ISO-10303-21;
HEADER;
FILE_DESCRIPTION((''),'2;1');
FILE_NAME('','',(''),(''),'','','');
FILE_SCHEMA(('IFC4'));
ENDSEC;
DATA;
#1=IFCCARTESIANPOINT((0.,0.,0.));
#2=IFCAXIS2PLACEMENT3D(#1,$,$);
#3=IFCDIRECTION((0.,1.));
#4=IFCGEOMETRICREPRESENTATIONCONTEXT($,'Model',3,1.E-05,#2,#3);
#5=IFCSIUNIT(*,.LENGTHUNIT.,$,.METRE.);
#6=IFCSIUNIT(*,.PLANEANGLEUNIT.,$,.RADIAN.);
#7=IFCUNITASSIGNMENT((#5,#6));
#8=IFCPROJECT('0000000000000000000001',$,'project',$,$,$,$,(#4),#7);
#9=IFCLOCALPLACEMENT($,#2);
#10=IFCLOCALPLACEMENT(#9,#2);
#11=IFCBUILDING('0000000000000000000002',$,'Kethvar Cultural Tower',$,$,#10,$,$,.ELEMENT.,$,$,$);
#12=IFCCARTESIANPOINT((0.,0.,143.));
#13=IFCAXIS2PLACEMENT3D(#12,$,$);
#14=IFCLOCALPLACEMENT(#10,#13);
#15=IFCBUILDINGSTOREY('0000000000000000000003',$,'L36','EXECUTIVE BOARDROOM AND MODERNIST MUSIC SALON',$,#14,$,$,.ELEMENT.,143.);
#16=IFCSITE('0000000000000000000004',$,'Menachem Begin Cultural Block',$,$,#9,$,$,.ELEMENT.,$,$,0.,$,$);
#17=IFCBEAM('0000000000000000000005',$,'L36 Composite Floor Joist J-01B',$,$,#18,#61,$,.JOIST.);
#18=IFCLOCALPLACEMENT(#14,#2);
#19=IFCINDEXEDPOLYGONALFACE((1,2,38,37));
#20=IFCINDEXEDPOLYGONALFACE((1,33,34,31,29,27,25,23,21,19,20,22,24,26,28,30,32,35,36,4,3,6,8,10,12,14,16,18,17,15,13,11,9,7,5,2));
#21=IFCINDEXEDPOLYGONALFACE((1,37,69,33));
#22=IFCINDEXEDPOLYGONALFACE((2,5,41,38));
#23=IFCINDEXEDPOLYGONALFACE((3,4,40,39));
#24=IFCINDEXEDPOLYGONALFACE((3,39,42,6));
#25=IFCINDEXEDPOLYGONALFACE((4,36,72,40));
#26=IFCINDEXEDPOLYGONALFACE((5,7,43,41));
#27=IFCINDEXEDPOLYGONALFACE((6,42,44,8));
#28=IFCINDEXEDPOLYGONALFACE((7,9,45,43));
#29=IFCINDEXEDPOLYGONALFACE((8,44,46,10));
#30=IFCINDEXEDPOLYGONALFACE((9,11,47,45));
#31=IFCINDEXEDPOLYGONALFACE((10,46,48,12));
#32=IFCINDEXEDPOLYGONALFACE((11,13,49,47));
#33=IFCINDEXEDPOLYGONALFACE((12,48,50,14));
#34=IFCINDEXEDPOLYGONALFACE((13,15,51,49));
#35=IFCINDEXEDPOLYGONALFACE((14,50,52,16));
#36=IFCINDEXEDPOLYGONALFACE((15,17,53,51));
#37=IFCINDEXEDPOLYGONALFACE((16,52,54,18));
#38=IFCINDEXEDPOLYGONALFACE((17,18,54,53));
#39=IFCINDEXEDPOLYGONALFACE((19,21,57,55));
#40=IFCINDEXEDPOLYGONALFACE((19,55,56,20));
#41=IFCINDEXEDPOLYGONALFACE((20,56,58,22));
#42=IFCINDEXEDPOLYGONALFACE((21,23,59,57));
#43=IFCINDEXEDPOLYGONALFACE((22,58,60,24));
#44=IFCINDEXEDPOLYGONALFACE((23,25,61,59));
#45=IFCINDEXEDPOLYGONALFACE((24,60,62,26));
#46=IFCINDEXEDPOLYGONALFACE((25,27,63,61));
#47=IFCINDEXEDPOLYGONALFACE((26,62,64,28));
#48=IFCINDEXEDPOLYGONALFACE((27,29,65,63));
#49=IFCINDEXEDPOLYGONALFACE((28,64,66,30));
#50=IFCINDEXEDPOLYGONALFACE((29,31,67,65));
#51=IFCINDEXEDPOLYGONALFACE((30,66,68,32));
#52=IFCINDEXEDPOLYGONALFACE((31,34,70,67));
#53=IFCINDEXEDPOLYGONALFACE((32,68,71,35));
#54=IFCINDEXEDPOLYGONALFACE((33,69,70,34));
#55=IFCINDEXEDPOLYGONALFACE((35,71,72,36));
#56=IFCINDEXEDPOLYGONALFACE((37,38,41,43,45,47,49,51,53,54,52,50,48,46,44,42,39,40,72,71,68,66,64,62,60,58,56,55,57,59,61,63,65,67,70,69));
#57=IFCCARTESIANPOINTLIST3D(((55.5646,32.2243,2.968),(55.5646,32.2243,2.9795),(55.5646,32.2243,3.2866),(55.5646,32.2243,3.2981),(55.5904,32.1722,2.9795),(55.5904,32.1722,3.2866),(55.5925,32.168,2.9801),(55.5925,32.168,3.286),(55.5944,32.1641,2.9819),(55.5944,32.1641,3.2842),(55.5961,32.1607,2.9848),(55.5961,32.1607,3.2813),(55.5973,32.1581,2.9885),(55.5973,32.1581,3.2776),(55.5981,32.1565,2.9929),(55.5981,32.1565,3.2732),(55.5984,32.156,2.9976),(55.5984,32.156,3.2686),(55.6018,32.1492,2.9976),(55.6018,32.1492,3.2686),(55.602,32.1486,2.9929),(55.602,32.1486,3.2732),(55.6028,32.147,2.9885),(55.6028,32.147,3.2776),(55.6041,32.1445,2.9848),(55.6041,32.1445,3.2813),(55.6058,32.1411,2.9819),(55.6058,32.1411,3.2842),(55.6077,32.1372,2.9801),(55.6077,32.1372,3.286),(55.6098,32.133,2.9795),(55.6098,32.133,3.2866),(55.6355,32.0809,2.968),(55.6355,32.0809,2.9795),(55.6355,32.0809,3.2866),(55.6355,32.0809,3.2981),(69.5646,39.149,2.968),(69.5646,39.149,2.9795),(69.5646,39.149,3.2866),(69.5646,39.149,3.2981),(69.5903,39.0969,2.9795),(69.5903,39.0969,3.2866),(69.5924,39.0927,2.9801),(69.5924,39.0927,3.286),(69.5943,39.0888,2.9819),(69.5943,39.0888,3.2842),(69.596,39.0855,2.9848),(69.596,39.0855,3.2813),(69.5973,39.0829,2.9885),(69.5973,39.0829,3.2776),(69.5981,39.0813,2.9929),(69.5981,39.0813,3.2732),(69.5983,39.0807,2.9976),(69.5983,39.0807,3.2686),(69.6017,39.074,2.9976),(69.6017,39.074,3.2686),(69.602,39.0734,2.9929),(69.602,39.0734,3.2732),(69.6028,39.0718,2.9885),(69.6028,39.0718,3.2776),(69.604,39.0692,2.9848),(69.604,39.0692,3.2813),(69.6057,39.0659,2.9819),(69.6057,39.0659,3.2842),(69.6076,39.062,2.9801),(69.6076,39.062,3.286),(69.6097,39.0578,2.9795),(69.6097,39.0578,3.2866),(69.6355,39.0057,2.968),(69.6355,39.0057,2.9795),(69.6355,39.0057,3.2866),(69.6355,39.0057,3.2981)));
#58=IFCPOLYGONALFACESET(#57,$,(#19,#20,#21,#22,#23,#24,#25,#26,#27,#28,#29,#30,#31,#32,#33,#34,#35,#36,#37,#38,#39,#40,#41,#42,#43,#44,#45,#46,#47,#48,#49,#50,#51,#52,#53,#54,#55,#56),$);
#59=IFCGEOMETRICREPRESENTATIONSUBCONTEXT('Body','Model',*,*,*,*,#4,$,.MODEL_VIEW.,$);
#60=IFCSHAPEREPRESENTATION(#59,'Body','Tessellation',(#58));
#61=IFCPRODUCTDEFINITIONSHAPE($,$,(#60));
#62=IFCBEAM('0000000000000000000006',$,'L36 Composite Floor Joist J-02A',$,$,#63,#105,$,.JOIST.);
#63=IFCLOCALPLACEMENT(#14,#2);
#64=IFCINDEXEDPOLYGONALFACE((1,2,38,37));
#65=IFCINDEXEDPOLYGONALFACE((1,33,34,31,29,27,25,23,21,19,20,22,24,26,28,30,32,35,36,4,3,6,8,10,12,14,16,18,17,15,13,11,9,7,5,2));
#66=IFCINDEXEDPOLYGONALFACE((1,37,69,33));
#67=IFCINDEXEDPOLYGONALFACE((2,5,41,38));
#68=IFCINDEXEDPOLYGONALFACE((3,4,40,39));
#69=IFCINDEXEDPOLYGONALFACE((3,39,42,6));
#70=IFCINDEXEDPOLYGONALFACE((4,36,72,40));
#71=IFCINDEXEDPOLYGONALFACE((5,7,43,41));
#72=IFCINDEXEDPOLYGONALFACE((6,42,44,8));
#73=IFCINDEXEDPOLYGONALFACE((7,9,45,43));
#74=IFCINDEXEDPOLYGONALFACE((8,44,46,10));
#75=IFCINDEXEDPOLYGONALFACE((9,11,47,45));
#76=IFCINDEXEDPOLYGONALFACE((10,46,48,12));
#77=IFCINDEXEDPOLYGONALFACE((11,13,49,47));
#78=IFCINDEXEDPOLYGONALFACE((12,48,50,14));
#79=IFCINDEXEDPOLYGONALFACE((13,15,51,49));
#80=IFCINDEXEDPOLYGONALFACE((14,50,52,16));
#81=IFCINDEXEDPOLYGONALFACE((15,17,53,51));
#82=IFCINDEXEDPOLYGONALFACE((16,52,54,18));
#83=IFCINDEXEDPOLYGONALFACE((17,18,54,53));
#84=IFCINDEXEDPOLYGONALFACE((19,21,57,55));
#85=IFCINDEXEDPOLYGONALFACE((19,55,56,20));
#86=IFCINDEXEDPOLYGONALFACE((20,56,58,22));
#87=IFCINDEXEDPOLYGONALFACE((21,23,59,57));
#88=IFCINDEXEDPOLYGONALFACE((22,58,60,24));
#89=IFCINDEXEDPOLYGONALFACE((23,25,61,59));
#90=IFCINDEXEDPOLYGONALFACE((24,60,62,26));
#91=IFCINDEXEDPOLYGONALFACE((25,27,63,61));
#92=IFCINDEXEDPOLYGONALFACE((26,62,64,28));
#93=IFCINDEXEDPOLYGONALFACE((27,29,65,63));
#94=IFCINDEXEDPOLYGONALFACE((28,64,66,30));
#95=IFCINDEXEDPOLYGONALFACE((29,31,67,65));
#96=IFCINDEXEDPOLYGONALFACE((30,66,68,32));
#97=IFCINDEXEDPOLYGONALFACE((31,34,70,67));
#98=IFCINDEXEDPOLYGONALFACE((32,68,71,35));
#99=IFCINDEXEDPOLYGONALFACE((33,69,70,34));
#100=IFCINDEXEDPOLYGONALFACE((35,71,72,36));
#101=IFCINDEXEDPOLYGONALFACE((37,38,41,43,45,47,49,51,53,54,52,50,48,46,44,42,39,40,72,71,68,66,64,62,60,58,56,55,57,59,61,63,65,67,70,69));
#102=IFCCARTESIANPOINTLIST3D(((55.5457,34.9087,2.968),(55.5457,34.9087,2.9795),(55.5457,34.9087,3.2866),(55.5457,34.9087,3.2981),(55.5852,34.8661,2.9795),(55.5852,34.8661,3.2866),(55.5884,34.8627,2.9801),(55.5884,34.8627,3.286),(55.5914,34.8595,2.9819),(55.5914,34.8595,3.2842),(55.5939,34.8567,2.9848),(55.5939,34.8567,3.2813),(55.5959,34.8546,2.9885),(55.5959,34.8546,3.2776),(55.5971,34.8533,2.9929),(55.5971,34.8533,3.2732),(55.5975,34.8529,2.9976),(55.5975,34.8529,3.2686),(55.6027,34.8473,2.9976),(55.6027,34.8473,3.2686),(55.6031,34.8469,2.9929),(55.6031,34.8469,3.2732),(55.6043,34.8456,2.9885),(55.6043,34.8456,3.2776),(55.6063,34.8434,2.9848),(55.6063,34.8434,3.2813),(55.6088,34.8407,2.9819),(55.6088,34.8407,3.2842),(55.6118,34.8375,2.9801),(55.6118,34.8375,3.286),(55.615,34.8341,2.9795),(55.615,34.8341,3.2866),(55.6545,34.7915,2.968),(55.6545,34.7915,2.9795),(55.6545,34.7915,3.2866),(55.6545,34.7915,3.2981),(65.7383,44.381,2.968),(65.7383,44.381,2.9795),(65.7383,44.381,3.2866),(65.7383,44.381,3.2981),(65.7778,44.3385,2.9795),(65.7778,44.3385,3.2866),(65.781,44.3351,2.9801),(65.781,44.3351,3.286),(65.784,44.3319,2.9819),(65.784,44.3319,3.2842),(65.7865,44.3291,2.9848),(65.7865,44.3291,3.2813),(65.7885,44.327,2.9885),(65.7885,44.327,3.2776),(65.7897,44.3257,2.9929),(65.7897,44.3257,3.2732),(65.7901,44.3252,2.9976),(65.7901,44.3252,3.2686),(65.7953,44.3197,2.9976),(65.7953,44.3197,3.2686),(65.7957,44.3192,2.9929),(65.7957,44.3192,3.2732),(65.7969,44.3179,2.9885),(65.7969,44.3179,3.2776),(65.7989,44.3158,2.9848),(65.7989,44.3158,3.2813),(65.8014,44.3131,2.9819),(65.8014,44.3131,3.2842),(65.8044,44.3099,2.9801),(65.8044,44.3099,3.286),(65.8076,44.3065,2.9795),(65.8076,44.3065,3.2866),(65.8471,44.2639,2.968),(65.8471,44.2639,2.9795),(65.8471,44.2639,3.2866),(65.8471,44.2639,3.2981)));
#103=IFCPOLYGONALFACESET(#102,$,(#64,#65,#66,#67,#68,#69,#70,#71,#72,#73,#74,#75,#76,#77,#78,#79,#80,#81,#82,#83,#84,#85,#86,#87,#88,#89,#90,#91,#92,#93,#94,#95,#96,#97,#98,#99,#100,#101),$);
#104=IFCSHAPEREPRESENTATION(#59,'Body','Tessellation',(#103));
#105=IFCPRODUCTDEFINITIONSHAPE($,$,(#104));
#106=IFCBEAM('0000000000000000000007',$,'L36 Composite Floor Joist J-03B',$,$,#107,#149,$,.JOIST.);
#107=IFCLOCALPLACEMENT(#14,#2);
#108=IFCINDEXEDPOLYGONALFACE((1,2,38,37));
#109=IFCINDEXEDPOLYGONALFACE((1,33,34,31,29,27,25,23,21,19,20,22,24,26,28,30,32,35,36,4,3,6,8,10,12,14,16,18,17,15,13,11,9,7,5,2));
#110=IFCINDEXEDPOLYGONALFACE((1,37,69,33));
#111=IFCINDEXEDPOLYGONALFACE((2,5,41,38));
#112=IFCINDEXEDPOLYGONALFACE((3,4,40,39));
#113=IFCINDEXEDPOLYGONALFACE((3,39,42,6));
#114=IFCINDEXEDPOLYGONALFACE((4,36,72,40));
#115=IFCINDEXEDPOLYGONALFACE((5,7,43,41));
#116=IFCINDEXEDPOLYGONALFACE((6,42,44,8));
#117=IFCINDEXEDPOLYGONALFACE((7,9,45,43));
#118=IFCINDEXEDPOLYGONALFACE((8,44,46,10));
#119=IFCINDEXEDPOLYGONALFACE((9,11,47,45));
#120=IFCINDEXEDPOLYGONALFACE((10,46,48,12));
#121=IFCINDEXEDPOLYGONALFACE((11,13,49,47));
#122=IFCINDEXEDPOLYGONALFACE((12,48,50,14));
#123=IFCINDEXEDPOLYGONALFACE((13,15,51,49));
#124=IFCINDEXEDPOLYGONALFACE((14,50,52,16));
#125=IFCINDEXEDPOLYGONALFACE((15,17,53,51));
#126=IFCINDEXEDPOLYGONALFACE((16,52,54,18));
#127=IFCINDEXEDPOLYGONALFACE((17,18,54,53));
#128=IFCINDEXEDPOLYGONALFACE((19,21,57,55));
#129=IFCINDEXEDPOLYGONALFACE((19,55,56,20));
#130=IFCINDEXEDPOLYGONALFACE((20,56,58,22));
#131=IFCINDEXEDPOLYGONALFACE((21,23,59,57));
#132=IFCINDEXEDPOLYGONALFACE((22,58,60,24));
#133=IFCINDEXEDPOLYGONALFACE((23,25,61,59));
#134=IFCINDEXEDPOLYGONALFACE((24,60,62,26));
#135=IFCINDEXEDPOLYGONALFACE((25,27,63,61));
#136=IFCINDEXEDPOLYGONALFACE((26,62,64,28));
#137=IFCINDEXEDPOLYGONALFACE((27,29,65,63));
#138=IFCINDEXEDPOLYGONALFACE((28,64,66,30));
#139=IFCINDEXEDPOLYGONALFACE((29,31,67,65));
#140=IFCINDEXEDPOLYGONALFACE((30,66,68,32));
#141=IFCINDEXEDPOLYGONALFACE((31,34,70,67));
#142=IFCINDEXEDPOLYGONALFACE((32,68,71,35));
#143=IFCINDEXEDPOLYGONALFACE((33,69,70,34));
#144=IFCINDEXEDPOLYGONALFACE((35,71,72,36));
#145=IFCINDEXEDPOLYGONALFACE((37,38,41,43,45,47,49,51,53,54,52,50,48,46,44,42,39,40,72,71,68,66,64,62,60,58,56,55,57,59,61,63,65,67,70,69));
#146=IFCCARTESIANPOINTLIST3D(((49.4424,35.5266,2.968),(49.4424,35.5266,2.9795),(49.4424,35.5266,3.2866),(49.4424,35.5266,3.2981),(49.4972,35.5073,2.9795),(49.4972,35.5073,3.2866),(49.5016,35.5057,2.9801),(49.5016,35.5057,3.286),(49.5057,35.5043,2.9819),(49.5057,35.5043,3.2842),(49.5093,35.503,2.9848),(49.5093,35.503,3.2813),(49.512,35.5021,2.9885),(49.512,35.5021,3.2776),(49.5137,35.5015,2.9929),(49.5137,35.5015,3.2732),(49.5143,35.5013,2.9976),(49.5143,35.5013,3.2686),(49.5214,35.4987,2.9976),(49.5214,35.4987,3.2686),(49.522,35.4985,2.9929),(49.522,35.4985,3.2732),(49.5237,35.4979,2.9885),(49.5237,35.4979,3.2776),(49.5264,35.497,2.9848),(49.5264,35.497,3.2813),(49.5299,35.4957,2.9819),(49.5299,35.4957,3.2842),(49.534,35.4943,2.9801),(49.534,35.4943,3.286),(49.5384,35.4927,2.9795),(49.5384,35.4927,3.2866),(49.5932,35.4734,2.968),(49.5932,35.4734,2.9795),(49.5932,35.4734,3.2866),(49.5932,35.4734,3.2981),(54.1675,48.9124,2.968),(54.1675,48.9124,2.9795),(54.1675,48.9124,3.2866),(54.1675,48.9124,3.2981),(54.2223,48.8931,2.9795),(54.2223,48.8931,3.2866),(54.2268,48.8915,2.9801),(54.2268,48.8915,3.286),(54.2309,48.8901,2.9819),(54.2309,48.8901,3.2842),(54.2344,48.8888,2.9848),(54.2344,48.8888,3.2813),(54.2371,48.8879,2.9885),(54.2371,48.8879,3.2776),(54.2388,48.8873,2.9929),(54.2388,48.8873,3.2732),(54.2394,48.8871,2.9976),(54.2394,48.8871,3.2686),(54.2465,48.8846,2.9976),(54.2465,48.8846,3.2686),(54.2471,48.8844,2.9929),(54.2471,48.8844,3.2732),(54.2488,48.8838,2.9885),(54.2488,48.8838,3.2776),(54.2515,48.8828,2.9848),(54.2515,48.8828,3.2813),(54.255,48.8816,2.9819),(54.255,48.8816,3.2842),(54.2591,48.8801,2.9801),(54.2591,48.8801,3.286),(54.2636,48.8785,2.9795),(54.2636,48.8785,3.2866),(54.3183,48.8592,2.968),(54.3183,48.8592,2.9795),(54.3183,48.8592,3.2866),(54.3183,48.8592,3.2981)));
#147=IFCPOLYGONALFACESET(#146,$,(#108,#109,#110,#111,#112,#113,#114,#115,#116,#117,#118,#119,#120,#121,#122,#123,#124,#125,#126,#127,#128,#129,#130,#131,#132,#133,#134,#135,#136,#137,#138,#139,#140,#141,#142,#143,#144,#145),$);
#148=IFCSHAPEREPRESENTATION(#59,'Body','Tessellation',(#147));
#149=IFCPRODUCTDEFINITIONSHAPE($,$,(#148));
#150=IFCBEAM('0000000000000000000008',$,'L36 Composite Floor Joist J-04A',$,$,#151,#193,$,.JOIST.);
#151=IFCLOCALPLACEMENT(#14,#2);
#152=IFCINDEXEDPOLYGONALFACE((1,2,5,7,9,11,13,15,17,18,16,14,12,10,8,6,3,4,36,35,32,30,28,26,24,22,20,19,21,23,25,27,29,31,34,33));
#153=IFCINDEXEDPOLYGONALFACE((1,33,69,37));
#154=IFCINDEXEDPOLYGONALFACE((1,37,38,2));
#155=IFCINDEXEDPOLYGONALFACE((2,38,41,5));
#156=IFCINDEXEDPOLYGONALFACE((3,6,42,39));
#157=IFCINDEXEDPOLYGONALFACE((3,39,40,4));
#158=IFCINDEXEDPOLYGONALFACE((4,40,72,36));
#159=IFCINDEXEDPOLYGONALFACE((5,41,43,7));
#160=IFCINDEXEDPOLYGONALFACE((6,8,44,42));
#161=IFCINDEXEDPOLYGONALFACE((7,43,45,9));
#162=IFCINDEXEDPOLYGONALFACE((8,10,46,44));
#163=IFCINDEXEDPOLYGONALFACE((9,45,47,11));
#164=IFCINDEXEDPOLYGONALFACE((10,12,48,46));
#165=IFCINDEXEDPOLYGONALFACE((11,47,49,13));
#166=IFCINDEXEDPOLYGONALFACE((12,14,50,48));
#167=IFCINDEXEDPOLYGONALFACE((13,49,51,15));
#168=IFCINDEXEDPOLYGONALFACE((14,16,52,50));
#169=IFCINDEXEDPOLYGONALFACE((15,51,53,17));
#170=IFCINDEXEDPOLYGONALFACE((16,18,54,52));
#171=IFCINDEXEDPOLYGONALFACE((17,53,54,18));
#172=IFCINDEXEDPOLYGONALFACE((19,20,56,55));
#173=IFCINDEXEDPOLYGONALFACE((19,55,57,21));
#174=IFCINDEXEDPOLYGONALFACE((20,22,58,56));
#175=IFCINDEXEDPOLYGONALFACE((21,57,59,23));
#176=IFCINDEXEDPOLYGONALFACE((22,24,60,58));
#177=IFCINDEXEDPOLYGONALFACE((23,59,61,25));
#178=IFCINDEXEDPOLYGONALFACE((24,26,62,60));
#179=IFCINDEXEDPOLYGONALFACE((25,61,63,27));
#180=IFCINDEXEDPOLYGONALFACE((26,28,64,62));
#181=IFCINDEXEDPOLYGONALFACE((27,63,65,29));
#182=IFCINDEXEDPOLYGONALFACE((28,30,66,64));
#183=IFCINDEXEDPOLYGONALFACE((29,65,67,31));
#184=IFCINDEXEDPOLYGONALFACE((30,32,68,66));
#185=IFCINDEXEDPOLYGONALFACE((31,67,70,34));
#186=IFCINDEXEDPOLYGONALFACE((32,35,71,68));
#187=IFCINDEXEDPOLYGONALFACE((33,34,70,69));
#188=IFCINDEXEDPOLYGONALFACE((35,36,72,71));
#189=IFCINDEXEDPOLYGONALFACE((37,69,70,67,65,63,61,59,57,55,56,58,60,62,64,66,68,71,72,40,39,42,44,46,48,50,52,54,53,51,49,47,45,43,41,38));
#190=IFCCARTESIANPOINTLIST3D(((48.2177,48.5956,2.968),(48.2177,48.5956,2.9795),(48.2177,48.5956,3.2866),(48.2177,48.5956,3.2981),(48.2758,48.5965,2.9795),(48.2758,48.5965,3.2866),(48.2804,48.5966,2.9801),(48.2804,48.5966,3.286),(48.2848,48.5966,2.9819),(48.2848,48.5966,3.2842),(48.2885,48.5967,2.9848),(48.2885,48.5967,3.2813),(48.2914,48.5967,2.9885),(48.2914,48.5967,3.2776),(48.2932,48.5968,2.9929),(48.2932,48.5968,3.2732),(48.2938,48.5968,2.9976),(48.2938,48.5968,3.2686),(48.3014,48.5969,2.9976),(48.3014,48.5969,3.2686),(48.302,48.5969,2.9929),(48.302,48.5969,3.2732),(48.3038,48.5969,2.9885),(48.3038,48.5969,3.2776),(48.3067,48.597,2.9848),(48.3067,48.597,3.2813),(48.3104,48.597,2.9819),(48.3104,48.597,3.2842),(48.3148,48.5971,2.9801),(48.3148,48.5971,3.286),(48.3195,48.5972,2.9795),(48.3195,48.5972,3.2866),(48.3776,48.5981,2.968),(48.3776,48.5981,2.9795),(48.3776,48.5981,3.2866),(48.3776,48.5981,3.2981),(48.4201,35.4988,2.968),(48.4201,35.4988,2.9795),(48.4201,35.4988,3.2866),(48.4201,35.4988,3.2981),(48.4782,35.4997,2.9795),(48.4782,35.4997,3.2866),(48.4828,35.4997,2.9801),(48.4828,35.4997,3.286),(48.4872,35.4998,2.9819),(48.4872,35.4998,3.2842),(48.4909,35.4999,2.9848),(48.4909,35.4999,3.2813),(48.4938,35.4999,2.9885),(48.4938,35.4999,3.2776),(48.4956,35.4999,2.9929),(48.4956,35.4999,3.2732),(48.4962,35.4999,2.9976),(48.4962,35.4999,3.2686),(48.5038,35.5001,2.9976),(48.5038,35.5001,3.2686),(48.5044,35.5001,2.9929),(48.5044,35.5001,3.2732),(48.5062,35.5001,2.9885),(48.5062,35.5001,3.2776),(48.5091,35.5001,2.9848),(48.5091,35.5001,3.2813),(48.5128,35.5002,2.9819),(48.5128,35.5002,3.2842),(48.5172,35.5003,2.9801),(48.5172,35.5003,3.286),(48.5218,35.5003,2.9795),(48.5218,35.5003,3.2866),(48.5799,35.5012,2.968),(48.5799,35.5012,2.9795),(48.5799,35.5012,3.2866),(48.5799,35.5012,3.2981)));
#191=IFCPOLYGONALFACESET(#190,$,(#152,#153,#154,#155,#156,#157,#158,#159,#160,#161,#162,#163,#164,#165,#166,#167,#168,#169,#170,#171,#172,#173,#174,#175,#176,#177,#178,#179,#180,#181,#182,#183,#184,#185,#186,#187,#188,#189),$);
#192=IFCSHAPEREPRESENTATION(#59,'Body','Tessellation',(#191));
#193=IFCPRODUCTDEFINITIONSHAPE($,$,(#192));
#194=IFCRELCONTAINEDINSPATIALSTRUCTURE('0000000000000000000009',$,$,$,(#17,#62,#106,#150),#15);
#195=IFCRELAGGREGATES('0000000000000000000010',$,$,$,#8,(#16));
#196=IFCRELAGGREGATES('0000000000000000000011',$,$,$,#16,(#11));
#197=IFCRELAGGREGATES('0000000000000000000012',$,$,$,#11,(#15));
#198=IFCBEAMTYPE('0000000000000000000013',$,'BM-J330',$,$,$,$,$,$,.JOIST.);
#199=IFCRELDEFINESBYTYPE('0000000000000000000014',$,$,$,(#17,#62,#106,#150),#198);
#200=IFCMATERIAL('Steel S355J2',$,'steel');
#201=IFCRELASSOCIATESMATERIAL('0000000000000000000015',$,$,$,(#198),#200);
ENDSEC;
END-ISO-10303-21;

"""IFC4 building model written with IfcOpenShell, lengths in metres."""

from ifc_helpers import new_model, si_unit, direction, frame, origin, origin_2d, place, context, subcontext, project, spatial, i_section, extrude, source, transform, mapped, material, material_profile, profile_set, type_object, element, save


model = new_model("IFC4")

# Units and contexts
model_context = context("Model", 3, precision=1e-05, world=origin(), true_north=direction((0.0, 1.0)))
body_context = subcontext(model_context, "Body", "Model", "MODEL_VIEW")
ifc_project = project(units=[si_unit("LENGTHUNIT", "METRE"), si_unit("PLANEANGLEUNIT", "RADIAN")], contexts=[model_context])

# Site, building, storey
site_placement = place(None, origin())
site = spatial("IfcSite", under=ifc_project, at=site_placement, Name="Menachem Begin Cultural Block", CompositionType="ELEMENT", RefElevation=0.0)
building_placement = place(site_placement, origin())
building = spatial("IfcBuilding", under=site, at=building_placement, Name="Kethvar Cultural Tower", CompositionType="ELEMENT")
storey_placement = place(building_placement, frame((0.0, 0.0, 143.0)))
storey = spatial("IfcBuildingStorey", under=building, at=storey_placement, Name="L36", Description="EXECUTIVE BOARDROOM AND MODERNIST MUSIC SALON", CompositionType="ELEMENT", Elevation=143.0)

# Beams
ifc_material_1 = material(Name="Steel S355J2", Category="steel")
ifc_material_profile_1 = material_profile(ifc_material_1, i_section(OverallWidth=0.1599, OverallDepth=0.3301, WebThickness=0.0076, FlangeThickness=0.0115, FilletRadius=0.0181, at=origin_2d()), Name="Steel S355J2 — IPE330")
ifc_profile_set_1 = profile_set([ifc_material_profile_1], Name="Steel S355J2 — IPE330")
beam_type_1 = type_object("IfcBeamType", Name="BM-J330", PredefinedType="JOIST", material=ifc_profile_set_1)
shared_shape_1 = source(origin(), body_context, "Body", "SweptSolid", [
    extrude(i_section(OverallWidth=0.1599, OverallDepth=0.3301, WebThickness=0.0076, FlangeThickness=0.0115, FilletRadius=0.0181, at=origin_2d()), origin(), (0.0, 0.0, 1.0), 15.6189),
])
beam_1_placement = place(storey_placement, frame((55.6001, 32.1526, 3.1331), z_axis=(0.896345, 0.443358, 0.0), x_axis=(-0.443358, 0.896345, 0.0)))
element("IfcBeam", 1, at=beam_1_placement, inside=storey, type_object=beam_type_1, Name="L36 Composite Floor Joist J-01B", PredefinedType="JOIST", context=body_context, shape_type="MappedRepresentation", body=[
    mapped(shared_shape_1, transform((0.0, 0.0, 0.0), scale=1.0)),
])
shared_shape_2 = source(origin(), body_context, "Body", "SweptSolid", [
    extrude(i_section(OverallWidth=0.1599, OverallDepth=0.3301, WebThickness=0.0076, FlangeThickness=0.0115, FilletRadius=0.0181, at=origin_2d()), origin(), (0.0, 0.0, 1.0), 13.9146),
])
beam_2_placement = place(storey_placement, frame((55.6001, 34.8501, 3.1331), z_axis=(0.732513, 0.680753, 0.0), x_axis=(-0.680753, 0.732513, 0.0)))
element("IfcBeam", 2, at=beam_2_placement, inside=storey, type_object=beam_type_1, Name="L36 Composite Floor Joist J-02A", PredefinedType="JOIST", context=body_context, shape_type="MappedRepresentation", body=[
    mapped(shared_shape_2, transform((0.0, 0.0, 0.0), scale=1.0)),
])
shared_shape_3 = source(origin(), body_context, "Body", "SweptSolid", [
    extrude(i_section(OverallWidth=0.1599, OverallDepth=0.3301, WebThickness=0.0076, FlangeThickness=0.0115, FilletRadius=0.0181, at=origin_2d()), origin(), (0.0, 0.0, 1.0), 14.1953),
])
beam_3_placement = place(storey_placement, frame((49.5178, 35.5, 3.1331), z_axis=(0.332865, 0.942974, 0.0), x_axis=(-0.942974, 0.332865, 0.0)))
element("IfcBeam", 3, at=beam_3_placement, inside=storey, type_object=beam_type_1, Name="L36 Composite Floor Joist J-03B", PredefinedType="JOIST", context=body_context, shape_type="MappedRepresentation", body=[
    mapped(shared_shape_3, transform((0.0, 0.0, 0.0), scale=1.0)),
])
shared_shape_4 = source(origin(), body_context, "Body", "SweptSolid", [
    extrude(i_section(OverallWidth=0.1599, OverallDepth=0.3301, WebThickness=0.0076, FlangeThickness=0.0115, FilletRadius=0.0181, at=origin_2d()), origin(), (0.0, 0.0, 1.0), 13.0984),
])
beam_4_placement = place(storey_placement, frame((48.5, 35.5, 3.1331), z_axis=(-0.015452, 0.999881, 0.0), x_axis=(-0.999881, -0.015452, 0.0)))
element("IfcBeam", 4, at=beam_4_placement, inside=storey, type_object=beam_type_1, Name="L36 Composite Floor Joist J-04A", PredefinedType="JOIST", context=body_context, shape_type="MappedRepresentation", body=[
    mapped(shared_shape_4, transform((0.0, 0.0, 0.0), scale=1.0)),
])

save(model, "model.ifc")
